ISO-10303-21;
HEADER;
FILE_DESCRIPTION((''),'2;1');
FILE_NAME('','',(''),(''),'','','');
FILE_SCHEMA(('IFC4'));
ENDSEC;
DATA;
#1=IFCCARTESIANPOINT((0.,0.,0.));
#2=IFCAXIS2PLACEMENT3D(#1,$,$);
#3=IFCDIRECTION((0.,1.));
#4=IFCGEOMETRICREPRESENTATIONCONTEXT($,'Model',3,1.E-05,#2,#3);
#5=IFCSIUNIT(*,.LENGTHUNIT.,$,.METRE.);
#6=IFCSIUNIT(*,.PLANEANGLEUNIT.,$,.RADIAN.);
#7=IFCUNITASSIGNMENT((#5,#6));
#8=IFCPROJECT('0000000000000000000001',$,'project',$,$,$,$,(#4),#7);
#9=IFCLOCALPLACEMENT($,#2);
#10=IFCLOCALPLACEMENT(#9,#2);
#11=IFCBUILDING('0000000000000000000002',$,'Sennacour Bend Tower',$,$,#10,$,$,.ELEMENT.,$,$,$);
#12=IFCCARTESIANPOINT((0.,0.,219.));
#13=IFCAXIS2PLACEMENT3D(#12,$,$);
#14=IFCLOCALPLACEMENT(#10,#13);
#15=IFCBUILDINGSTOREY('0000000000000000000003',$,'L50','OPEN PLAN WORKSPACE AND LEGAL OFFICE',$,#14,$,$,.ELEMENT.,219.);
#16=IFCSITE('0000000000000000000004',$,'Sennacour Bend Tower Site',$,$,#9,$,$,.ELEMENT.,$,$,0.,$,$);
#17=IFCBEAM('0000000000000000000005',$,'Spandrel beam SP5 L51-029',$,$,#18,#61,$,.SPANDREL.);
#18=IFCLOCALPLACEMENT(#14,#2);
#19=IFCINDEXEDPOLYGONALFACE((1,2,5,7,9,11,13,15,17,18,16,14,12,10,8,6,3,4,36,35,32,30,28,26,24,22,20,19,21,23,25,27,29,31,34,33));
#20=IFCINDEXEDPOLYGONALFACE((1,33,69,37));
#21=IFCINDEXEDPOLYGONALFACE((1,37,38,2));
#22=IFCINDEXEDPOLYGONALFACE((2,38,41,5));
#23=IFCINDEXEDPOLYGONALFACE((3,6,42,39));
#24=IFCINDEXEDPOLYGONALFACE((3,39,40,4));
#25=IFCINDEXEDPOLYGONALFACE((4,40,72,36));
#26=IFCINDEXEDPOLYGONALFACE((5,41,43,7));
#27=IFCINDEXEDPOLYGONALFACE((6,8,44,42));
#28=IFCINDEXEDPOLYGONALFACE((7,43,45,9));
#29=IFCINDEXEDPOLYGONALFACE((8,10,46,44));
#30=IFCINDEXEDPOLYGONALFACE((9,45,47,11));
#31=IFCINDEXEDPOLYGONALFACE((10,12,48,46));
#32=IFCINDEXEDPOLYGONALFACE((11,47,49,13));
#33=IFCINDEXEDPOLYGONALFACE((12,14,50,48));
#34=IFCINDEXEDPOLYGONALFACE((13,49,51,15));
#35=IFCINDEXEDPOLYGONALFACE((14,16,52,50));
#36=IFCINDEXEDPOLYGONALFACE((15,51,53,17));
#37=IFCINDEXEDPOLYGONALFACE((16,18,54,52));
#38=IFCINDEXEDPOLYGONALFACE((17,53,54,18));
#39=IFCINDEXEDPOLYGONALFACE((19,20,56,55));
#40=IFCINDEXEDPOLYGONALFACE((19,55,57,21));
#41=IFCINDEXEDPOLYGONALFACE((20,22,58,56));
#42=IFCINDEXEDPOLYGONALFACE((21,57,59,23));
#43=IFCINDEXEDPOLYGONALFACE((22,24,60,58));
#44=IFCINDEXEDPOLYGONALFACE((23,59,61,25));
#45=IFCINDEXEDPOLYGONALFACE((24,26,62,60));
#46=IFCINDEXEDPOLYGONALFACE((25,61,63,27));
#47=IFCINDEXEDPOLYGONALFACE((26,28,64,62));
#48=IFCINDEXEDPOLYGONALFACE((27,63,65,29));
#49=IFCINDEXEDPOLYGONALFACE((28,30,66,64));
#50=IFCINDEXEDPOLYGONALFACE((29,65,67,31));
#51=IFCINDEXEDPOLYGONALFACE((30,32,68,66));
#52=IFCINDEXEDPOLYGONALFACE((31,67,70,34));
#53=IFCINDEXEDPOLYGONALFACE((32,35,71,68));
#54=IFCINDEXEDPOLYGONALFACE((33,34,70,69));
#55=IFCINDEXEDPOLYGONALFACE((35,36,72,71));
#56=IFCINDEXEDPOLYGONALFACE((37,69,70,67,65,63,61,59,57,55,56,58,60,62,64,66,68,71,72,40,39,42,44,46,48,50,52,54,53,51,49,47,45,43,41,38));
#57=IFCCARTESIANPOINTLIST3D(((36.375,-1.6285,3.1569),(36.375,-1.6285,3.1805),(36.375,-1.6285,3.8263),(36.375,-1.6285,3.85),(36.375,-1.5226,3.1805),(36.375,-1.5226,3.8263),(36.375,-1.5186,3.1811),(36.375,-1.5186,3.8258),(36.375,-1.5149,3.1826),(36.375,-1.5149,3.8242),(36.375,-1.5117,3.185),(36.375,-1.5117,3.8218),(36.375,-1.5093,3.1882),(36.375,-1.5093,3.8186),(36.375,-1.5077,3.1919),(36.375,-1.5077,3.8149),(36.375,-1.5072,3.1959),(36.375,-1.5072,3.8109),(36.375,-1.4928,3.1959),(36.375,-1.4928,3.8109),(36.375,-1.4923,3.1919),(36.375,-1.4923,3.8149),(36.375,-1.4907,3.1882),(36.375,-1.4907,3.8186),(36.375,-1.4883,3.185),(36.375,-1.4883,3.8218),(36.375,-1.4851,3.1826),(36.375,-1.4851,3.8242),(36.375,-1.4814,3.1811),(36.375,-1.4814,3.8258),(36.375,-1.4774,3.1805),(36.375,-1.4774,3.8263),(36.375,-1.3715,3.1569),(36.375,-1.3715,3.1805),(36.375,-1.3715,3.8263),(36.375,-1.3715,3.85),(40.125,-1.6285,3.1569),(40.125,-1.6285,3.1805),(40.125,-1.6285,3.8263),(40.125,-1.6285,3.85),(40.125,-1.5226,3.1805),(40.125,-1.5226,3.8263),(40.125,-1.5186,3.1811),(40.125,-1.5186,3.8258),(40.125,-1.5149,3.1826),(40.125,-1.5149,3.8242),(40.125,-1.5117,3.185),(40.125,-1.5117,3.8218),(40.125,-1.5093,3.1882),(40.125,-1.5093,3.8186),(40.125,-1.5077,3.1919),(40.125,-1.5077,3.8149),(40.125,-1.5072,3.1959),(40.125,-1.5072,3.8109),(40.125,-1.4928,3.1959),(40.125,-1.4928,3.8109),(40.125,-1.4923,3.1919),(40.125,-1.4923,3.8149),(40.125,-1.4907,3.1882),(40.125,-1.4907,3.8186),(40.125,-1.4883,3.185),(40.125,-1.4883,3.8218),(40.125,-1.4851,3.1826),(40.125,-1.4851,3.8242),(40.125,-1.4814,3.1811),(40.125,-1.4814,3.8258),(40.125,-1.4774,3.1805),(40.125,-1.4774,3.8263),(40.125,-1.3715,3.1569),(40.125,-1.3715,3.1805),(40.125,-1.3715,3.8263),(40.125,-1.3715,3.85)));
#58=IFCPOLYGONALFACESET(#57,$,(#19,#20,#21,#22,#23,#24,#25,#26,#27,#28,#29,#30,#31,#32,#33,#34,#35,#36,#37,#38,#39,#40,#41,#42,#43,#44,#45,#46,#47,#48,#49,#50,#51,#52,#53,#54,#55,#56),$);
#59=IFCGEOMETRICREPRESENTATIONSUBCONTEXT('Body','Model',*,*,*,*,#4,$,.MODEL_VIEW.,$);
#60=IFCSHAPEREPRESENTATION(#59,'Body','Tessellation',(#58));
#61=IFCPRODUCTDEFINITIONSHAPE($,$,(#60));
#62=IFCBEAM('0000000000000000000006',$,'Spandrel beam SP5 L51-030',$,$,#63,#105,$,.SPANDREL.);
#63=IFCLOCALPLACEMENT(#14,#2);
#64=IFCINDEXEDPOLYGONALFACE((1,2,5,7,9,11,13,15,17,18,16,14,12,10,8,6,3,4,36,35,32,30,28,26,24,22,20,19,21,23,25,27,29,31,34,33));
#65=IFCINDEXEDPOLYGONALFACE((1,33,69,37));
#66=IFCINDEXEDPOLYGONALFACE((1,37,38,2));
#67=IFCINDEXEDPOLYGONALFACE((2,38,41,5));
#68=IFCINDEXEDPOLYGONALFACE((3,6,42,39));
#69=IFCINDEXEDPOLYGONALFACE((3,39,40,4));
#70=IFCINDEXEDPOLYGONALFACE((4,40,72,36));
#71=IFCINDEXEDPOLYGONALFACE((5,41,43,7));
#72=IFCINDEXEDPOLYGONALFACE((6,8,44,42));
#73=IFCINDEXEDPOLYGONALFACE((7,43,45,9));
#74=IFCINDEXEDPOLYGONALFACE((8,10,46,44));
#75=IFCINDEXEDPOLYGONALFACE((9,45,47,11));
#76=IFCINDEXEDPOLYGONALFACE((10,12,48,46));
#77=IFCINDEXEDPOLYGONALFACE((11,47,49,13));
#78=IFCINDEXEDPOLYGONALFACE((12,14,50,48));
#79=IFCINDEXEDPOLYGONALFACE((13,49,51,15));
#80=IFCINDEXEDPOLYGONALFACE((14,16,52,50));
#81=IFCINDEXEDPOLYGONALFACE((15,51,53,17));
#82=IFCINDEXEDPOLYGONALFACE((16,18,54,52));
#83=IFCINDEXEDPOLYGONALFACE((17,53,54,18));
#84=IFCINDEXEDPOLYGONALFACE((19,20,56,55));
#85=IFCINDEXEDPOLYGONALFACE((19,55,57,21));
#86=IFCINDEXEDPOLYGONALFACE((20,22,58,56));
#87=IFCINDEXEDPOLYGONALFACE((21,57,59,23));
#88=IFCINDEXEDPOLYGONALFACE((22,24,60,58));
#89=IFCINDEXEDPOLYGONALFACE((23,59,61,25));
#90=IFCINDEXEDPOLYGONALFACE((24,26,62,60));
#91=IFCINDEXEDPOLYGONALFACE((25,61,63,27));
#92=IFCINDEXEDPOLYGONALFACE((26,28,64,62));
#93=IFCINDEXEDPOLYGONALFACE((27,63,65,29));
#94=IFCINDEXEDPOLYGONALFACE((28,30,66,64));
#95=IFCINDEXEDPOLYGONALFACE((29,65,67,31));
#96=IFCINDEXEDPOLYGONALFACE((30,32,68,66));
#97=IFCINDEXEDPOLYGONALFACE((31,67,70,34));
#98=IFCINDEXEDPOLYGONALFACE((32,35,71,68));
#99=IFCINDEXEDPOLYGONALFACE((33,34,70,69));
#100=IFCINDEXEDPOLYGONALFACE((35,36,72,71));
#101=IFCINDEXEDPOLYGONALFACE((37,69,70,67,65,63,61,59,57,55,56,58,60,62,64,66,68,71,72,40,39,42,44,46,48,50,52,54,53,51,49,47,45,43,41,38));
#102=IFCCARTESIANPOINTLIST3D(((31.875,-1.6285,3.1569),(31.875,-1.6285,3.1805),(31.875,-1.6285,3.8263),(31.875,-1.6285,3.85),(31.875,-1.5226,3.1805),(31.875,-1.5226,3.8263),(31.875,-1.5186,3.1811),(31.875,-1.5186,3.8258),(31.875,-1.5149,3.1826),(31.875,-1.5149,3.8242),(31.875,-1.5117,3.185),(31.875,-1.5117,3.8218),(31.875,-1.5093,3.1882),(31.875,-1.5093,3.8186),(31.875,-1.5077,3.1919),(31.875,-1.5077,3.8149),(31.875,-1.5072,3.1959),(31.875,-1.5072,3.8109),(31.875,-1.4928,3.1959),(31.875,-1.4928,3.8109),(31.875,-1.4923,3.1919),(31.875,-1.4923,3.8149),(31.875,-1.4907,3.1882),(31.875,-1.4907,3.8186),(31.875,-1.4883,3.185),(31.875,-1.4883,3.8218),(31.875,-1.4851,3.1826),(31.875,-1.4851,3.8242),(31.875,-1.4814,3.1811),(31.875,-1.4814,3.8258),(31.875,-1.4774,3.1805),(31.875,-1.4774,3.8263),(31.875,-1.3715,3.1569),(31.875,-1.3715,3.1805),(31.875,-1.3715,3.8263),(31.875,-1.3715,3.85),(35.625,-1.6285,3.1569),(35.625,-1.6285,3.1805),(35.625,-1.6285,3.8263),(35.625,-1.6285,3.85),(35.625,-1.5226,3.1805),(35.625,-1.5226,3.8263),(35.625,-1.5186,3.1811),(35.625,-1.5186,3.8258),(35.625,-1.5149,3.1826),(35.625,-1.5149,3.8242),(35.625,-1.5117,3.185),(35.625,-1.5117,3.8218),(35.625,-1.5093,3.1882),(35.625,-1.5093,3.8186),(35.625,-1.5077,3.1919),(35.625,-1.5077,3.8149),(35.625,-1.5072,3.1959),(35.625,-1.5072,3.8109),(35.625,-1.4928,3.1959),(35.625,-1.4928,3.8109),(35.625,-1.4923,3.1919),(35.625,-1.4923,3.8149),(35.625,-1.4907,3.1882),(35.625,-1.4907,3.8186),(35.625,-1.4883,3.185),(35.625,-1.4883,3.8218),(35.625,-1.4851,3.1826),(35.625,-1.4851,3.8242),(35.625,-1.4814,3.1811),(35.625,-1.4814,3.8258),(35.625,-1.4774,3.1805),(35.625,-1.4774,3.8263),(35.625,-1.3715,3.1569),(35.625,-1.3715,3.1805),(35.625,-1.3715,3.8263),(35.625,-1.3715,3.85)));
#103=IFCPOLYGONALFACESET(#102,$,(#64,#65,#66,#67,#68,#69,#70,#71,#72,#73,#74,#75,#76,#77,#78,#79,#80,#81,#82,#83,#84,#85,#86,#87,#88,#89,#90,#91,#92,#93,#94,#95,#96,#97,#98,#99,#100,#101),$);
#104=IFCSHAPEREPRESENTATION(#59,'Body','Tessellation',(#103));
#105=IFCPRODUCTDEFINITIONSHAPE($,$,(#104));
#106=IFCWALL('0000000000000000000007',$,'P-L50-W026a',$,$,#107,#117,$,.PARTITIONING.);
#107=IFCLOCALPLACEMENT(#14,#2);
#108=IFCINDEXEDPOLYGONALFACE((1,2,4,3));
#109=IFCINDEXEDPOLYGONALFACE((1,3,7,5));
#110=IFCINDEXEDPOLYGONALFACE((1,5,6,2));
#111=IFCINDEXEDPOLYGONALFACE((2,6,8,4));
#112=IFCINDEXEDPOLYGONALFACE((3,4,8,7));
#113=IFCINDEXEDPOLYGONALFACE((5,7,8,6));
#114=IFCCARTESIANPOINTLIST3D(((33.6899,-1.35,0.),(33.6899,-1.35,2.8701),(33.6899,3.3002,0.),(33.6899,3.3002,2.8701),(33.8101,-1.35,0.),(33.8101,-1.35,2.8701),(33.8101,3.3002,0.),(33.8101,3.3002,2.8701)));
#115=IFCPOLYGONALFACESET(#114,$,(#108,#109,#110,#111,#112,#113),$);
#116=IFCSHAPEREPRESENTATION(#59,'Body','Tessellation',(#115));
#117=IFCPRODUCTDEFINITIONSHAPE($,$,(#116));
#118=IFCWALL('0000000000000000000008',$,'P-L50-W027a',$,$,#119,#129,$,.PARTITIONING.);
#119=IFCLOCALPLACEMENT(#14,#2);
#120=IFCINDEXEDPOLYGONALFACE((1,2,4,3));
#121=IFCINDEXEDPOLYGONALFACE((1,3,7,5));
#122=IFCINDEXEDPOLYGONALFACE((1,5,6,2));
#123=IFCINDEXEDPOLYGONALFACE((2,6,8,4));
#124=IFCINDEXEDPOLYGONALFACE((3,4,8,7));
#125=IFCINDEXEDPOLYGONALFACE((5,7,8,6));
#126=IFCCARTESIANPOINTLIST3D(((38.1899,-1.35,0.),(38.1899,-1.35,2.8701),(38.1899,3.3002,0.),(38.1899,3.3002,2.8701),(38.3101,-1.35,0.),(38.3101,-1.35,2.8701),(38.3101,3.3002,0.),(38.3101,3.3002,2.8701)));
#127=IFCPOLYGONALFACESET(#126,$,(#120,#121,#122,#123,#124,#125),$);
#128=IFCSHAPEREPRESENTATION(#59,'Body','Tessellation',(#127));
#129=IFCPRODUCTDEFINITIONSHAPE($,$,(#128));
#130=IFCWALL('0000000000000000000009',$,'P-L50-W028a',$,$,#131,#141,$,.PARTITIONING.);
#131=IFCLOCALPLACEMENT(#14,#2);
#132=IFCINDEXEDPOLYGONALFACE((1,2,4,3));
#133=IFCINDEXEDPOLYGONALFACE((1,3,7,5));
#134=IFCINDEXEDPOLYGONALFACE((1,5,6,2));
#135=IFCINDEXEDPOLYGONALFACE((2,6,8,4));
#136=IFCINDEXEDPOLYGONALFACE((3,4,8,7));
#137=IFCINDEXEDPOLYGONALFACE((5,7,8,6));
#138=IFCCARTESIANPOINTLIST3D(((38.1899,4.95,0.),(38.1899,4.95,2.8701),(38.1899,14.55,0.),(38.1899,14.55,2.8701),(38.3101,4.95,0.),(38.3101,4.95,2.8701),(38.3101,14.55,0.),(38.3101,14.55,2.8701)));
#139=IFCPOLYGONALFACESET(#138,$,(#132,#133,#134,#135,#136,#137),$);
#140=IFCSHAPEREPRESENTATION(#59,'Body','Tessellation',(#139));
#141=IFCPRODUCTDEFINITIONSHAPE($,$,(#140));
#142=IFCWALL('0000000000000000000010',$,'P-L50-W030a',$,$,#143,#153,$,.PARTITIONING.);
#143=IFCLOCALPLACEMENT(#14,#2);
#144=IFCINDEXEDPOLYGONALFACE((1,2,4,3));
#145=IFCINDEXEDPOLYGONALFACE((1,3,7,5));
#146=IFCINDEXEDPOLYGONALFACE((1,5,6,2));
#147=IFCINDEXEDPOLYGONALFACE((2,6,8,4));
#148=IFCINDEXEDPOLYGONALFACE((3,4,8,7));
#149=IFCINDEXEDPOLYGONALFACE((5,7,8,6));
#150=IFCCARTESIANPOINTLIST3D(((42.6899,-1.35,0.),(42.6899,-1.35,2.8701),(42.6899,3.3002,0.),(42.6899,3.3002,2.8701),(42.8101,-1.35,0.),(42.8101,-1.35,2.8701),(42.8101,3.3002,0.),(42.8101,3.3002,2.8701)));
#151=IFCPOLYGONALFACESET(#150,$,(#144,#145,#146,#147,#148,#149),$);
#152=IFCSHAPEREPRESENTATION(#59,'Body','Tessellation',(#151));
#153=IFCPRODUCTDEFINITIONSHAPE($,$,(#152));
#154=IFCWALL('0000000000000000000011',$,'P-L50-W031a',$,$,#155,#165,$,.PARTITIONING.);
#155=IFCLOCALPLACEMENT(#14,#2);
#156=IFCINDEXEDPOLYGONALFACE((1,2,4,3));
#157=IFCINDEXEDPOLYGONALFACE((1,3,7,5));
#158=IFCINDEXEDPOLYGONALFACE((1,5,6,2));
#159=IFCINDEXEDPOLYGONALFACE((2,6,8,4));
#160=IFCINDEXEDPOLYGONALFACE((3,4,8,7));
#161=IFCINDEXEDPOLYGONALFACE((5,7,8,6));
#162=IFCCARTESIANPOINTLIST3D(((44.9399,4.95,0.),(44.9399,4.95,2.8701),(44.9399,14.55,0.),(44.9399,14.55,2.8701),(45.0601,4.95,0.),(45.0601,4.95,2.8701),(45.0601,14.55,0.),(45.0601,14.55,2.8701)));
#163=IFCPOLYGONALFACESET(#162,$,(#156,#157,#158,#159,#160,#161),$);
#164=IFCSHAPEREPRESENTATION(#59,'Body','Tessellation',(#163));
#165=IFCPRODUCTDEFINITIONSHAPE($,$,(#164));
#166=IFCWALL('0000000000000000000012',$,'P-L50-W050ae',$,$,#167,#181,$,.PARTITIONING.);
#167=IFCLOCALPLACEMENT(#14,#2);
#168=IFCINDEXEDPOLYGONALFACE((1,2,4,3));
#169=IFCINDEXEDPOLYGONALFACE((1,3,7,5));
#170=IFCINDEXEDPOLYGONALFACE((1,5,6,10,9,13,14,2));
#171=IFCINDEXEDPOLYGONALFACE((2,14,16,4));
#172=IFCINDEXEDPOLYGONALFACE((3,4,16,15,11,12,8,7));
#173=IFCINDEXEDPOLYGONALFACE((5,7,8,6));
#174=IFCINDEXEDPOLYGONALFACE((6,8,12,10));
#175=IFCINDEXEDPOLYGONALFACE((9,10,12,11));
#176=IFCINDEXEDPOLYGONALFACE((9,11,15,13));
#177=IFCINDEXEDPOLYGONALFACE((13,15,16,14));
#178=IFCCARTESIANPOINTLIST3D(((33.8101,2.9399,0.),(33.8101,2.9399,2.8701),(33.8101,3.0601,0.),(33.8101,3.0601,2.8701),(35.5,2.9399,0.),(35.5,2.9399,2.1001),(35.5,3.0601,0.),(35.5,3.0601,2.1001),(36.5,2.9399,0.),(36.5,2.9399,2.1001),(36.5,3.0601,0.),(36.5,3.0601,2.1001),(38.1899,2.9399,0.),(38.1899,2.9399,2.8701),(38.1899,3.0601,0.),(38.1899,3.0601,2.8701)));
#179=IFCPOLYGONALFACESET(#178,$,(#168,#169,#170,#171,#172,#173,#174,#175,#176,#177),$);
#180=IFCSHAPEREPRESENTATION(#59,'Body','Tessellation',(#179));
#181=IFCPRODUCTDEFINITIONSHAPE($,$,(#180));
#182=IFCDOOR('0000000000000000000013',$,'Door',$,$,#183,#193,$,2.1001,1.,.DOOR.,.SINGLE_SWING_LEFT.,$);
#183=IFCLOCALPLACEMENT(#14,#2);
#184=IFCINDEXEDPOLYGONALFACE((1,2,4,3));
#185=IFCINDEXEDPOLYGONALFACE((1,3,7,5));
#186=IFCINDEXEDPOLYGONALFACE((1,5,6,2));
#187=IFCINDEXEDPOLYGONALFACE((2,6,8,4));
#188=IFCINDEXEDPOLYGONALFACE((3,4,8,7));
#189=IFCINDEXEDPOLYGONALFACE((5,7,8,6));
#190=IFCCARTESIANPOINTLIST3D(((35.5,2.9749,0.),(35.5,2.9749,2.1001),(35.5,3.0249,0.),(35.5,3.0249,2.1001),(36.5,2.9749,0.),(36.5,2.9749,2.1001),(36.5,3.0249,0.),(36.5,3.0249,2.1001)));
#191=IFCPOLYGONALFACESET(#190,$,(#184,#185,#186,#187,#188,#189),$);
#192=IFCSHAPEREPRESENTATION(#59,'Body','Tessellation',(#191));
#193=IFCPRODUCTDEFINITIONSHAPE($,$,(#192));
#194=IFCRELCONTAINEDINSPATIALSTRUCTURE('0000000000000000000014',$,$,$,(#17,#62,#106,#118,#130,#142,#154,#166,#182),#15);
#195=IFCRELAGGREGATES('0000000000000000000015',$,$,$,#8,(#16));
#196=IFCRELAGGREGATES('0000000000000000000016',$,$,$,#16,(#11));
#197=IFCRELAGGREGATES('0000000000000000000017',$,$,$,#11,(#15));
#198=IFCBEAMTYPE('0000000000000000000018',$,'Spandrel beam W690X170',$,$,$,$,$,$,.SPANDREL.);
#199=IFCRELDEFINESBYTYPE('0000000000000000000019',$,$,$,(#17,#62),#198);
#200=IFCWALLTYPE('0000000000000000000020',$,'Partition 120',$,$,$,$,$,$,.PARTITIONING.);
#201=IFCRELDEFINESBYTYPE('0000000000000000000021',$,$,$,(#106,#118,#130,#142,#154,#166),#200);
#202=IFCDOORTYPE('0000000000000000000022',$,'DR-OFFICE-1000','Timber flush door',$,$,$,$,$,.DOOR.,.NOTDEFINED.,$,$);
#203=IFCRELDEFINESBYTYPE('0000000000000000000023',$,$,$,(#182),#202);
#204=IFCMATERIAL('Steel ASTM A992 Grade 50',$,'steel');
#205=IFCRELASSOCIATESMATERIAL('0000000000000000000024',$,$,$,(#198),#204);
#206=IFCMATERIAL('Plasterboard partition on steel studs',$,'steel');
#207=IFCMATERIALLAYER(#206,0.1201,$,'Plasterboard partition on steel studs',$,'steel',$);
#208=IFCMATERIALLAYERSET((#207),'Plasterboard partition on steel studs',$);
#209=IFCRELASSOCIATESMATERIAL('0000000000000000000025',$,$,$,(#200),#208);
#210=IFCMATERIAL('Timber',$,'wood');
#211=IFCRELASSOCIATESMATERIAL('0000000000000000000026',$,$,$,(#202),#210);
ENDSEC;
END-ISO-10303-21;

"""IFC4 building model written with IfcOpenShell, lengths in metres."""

from ifc_helpers import new_model, si_unit, direction, frame, frame_2d, origin, origin_2d, place, context, subcontext, project, spatial, rectangle, i_section, extrude, material, layer, layer_set, material_profile, profile_set, type_object, element, fill, save


model = new_model("IFC4")

# Units and contexts
model_context = context("Model", 3, precision=1e-05, world=origin(), true_north=direction((0.0, 1.0)))
body_context = subcontext(model_context, "Body", "Model", "MODEL_VIEW")
ifc_project = project(units=[si_unit("LENGTHUNIT", "METRE"), si_unit("PLANEANGLEUNIT", "RADIAN")], contexts=[model_context])

# Site, building, storey
site_placement = place(None, origin())
site = spatial("IfcSite", under=ifc_project, at=site_placement, Name="Sennacour Bend Tower Site", CompositionType="ELEMENT", RefElevation=0.0)
building_placement = place(site_placement, origin())
building = spatial("IfcBuilding", under=site, at=building_placement, Name="Sennacour Bend Tower", CompositionType="ELEMENT")
storey_placement = place(building_placement, frame((0.0, 0.0, 219.0)))
storey = spatial("IfcBuildingStorey", under=building, at=storey_placement, Name="L50", Description="OPEN PLAN WORKSPACE AND LEGAL OFFICE", CompositionType="ELEMENT", Elevation=219.0)

# Beams
ifc_material_1 = material(Name="Steel ASTM A992 Grade 50", Category="steel")
ifc_material_profile_1 = material_profile(ifc_material_1, i_section(OverallWidth=0.2571, OverallDepth=0.6931, WebThickness=0.0144, FlangeThickness=0.0237, FilletRadius=0.0154, at=origin_2d()), Name="Steel ASTM A992 Grade 50", Category="steel")
ifc_profile_set_1 = profile_set([ifc_material_profile_1], Name="Steel ASTM A992 Grade 50")
beam_type_1 = type_object("IfcBeamType", Name="Spandrel beam W690X170", PredefinedType="SPANDREL", material=ifc_profile_set_1)
for number, where, z_axis, x_axis, name in (
    (1, (40.125, -1.5, 3.5034), (-1.0, 0.0, 0.0), (0.0, -1.0, 0.0), "Spandrel beam SP5 L51-029"),
    (2, (35.625, -1.5, 3.5034), (-1.0, 0.0, 0.0), (0.0, -1.0, 0.0), "Spandrel beam SP5 L51-030"),
):
    element("IfcBeam", number, at=place(storey_placement, frame(where, z_axis=z_axis, x_axis=x_axis)), inside=storey, type_object=beam_type_1, Name=name, PredefinedType="SPANDREL", context=body_context, shape_type="SweptSolid", body=[
        extrude(i_section(OverallWidth=0.2571, OverallDepth=0.6931, WebThickness=0.0144, FlangeThickness=0.0237, FilletRadius=0.0154, at=origin_2d()), origin(), (0.0, 0.0, 1.0), 3.75),
    ])

# Walls
ifc_material_2 = material(Name="Plasterboard partition on steel studs", Category="steel")
ifc_layer_1 = layer(ifc_material_2, 0.1201, Name="Plasterboard partition on steel studs", Category="steel")
ifc_layer_set_1 = layer_set([ifc_layer_1], Name="Plasterboard partition on steel studs")
wall_type_1 = type_object("IfcWallType", Name="Partition 120", PredefinedType="PARTITIONING", material=ifc_layer_set_1)
for number, where, z_axis, x_axis, name in (
    (3, (33.75, -1.3501, 0.0), (0.0, 0.0, 1.0), (0.0, 1.0, 0.0), "P-L50-W026a"),
    (4, (38.25, -1.3501, 0.0), (0.0, 0.0, 1.0), (0.0, 1.0, 0.0), "P-L50-W027a"),
):
    element("IfcWall", number, at=place(storey_placement, frame(where, z_axis=z_axis, x_axis=x_axis)), inside=storey, type_object=wall_type_1, Name=name, PredefinedType="PARTITIONING", context=body_context, shape_type="SweptSolid", body=[
        extrude(rectangle(XDim=4.6501, YDim=0.1201, at=frame_2d((2.3252, 0.0))), origin(), (0.0, 0.0, 1.0), 2.8701),
    ])
wall_1_placement = place(storey_placement, frame((38.25, 4.95, 0.0), z_axis=(0.0, 0.0, 1.0), x_axis=(0.0, 1.0, 0.0)))
element("IfcWall", 5, at=wall_1_placement, inside=storey, type_object=wall_type_1, Name="P-L50-W028a", PredefinedType="PARTITIONING", context=body_context, shape_type="SweptSolid", body=[
    extrude(rectangle(XDim=9.6001, YDim=0.1201, at=frame_2d((4.8, 0.0))), origin(), (0.0, 0.0, 1.0), 2.8701),
])
wall_2_placement = place(storey_placement, frame((42.75, -1.3501, 0.0), z_axis=(0.0, 0.0, 1.0), x_axis=(0.0, 1.0, 0.0)))
element("IfcWall", 6, at=wall_2_placement, inside=storey, type_object=wall_type_1, Name="P-L50-W030a", PredefinedType="PARTITIONING", context=body_context, shape_type="SweptSolid", body=[
    extrude(rectangle(XDim=4.6501, YDim=0.1201, at=frame_2d((2.3252, 0.0))), origin(), (0.0, 0.0, 1.0), 2.8701),
])
wall_3_placement = place(storey_placement, frame((45.0, 4.95, 0.0), z_axis=(0.0, 0.0, 1.0), x_axis=(0.0, 1.0, 0.0)))
element("IfcWall", 7, at=wall_3_placement, inside=storey, type_object=wall_type_1, Name="P-L50-W031a", PredefinedType="PARTITIONING", context=body_context, shape_type="SweptSolid", body=[
    extrude(rectangle(XDim=9.6001, YDim=0.1201, at=frame_2d((4.8, 0.0))), origin(), (0.0, 0.0, 1.0), 2.8701),
])

# Wall, opening, door
wall_4_placement = place(storey_placement, frame((33.8101, 3.0, 0.0), z_axis=(0.0, 0.0, 1.0), x_axis=(1.0, 0.0, 0.0)))
wall_4 = element("IfcWall", 8, at=wall_4_placement, inside=storey, type_object=wall_type_1, Name="P-L50-W050ae", PredefinedType="PARTITIONING", context=body_context, shape_type="SweptSolid", body=[
    extrude(rectangle(XDim=4.3799, YDim=0.1201, at=frame_2d((2.1899, 0.0))), origin(), (0.0, 0.0, 1.0), 2.8701),
])
opening_1_placement = place(wall_4_placement, frame((1.6899, 0.0, 0.0)))
opening_1 = element("IfcOpeningElement", 9, at=opening_1_placement, cuts=wall_4, PredefinedType="OPENING", context=body_context, shape_type="SweptSolid", body=[
    extrude(rectangle(XDim=1.0, YDim=2.1001, at=frame_2d((0.5, 1.05))), frame((0.0, 0.0701, 0.0), z_axis=(0.0, -1.0, 0.0), x_axis=(1.0, 0.0, 0.0)), (0.0, 0.0, 1.0), 0.1401),
])
ifc_material_3 = material(Name="Timber", Category="wood")
door_type_1 = type_object("IfcDoorType", Name="DR-OFFICE-1000", Description="Timber flush door", OperationType="NOTDEFINED", PredefinedType="DOOR", material=ifc_material_3)
door_1_placement = place(opening_1_placement, origin())
door_1 = element("IfcDoor", 10, at=door_1_placement, inside=storey, type_object=door_type_1, Name="Door", OperationType="SINGLE_SWING_LEFT", OverallHeight=2.1001, OverallWidth=1.0, PredefinedType="DOOR", context=body_context, shape_type="SweptSolid", body=[
    extrude(rectangle(XDim=1.0, YDim=2.1001, at=frame_2d((0.5, 1.05))), frame((0.0, 0.0249, 0.0), z_axis=(0.0, -1.0, 0.0), x_axis=(1.0, 0.0, 0.0)), (0.0, 0.0, 1.0), 0.05),
])
fill(opening_1, door_1)

save(model, "model.ifc")
